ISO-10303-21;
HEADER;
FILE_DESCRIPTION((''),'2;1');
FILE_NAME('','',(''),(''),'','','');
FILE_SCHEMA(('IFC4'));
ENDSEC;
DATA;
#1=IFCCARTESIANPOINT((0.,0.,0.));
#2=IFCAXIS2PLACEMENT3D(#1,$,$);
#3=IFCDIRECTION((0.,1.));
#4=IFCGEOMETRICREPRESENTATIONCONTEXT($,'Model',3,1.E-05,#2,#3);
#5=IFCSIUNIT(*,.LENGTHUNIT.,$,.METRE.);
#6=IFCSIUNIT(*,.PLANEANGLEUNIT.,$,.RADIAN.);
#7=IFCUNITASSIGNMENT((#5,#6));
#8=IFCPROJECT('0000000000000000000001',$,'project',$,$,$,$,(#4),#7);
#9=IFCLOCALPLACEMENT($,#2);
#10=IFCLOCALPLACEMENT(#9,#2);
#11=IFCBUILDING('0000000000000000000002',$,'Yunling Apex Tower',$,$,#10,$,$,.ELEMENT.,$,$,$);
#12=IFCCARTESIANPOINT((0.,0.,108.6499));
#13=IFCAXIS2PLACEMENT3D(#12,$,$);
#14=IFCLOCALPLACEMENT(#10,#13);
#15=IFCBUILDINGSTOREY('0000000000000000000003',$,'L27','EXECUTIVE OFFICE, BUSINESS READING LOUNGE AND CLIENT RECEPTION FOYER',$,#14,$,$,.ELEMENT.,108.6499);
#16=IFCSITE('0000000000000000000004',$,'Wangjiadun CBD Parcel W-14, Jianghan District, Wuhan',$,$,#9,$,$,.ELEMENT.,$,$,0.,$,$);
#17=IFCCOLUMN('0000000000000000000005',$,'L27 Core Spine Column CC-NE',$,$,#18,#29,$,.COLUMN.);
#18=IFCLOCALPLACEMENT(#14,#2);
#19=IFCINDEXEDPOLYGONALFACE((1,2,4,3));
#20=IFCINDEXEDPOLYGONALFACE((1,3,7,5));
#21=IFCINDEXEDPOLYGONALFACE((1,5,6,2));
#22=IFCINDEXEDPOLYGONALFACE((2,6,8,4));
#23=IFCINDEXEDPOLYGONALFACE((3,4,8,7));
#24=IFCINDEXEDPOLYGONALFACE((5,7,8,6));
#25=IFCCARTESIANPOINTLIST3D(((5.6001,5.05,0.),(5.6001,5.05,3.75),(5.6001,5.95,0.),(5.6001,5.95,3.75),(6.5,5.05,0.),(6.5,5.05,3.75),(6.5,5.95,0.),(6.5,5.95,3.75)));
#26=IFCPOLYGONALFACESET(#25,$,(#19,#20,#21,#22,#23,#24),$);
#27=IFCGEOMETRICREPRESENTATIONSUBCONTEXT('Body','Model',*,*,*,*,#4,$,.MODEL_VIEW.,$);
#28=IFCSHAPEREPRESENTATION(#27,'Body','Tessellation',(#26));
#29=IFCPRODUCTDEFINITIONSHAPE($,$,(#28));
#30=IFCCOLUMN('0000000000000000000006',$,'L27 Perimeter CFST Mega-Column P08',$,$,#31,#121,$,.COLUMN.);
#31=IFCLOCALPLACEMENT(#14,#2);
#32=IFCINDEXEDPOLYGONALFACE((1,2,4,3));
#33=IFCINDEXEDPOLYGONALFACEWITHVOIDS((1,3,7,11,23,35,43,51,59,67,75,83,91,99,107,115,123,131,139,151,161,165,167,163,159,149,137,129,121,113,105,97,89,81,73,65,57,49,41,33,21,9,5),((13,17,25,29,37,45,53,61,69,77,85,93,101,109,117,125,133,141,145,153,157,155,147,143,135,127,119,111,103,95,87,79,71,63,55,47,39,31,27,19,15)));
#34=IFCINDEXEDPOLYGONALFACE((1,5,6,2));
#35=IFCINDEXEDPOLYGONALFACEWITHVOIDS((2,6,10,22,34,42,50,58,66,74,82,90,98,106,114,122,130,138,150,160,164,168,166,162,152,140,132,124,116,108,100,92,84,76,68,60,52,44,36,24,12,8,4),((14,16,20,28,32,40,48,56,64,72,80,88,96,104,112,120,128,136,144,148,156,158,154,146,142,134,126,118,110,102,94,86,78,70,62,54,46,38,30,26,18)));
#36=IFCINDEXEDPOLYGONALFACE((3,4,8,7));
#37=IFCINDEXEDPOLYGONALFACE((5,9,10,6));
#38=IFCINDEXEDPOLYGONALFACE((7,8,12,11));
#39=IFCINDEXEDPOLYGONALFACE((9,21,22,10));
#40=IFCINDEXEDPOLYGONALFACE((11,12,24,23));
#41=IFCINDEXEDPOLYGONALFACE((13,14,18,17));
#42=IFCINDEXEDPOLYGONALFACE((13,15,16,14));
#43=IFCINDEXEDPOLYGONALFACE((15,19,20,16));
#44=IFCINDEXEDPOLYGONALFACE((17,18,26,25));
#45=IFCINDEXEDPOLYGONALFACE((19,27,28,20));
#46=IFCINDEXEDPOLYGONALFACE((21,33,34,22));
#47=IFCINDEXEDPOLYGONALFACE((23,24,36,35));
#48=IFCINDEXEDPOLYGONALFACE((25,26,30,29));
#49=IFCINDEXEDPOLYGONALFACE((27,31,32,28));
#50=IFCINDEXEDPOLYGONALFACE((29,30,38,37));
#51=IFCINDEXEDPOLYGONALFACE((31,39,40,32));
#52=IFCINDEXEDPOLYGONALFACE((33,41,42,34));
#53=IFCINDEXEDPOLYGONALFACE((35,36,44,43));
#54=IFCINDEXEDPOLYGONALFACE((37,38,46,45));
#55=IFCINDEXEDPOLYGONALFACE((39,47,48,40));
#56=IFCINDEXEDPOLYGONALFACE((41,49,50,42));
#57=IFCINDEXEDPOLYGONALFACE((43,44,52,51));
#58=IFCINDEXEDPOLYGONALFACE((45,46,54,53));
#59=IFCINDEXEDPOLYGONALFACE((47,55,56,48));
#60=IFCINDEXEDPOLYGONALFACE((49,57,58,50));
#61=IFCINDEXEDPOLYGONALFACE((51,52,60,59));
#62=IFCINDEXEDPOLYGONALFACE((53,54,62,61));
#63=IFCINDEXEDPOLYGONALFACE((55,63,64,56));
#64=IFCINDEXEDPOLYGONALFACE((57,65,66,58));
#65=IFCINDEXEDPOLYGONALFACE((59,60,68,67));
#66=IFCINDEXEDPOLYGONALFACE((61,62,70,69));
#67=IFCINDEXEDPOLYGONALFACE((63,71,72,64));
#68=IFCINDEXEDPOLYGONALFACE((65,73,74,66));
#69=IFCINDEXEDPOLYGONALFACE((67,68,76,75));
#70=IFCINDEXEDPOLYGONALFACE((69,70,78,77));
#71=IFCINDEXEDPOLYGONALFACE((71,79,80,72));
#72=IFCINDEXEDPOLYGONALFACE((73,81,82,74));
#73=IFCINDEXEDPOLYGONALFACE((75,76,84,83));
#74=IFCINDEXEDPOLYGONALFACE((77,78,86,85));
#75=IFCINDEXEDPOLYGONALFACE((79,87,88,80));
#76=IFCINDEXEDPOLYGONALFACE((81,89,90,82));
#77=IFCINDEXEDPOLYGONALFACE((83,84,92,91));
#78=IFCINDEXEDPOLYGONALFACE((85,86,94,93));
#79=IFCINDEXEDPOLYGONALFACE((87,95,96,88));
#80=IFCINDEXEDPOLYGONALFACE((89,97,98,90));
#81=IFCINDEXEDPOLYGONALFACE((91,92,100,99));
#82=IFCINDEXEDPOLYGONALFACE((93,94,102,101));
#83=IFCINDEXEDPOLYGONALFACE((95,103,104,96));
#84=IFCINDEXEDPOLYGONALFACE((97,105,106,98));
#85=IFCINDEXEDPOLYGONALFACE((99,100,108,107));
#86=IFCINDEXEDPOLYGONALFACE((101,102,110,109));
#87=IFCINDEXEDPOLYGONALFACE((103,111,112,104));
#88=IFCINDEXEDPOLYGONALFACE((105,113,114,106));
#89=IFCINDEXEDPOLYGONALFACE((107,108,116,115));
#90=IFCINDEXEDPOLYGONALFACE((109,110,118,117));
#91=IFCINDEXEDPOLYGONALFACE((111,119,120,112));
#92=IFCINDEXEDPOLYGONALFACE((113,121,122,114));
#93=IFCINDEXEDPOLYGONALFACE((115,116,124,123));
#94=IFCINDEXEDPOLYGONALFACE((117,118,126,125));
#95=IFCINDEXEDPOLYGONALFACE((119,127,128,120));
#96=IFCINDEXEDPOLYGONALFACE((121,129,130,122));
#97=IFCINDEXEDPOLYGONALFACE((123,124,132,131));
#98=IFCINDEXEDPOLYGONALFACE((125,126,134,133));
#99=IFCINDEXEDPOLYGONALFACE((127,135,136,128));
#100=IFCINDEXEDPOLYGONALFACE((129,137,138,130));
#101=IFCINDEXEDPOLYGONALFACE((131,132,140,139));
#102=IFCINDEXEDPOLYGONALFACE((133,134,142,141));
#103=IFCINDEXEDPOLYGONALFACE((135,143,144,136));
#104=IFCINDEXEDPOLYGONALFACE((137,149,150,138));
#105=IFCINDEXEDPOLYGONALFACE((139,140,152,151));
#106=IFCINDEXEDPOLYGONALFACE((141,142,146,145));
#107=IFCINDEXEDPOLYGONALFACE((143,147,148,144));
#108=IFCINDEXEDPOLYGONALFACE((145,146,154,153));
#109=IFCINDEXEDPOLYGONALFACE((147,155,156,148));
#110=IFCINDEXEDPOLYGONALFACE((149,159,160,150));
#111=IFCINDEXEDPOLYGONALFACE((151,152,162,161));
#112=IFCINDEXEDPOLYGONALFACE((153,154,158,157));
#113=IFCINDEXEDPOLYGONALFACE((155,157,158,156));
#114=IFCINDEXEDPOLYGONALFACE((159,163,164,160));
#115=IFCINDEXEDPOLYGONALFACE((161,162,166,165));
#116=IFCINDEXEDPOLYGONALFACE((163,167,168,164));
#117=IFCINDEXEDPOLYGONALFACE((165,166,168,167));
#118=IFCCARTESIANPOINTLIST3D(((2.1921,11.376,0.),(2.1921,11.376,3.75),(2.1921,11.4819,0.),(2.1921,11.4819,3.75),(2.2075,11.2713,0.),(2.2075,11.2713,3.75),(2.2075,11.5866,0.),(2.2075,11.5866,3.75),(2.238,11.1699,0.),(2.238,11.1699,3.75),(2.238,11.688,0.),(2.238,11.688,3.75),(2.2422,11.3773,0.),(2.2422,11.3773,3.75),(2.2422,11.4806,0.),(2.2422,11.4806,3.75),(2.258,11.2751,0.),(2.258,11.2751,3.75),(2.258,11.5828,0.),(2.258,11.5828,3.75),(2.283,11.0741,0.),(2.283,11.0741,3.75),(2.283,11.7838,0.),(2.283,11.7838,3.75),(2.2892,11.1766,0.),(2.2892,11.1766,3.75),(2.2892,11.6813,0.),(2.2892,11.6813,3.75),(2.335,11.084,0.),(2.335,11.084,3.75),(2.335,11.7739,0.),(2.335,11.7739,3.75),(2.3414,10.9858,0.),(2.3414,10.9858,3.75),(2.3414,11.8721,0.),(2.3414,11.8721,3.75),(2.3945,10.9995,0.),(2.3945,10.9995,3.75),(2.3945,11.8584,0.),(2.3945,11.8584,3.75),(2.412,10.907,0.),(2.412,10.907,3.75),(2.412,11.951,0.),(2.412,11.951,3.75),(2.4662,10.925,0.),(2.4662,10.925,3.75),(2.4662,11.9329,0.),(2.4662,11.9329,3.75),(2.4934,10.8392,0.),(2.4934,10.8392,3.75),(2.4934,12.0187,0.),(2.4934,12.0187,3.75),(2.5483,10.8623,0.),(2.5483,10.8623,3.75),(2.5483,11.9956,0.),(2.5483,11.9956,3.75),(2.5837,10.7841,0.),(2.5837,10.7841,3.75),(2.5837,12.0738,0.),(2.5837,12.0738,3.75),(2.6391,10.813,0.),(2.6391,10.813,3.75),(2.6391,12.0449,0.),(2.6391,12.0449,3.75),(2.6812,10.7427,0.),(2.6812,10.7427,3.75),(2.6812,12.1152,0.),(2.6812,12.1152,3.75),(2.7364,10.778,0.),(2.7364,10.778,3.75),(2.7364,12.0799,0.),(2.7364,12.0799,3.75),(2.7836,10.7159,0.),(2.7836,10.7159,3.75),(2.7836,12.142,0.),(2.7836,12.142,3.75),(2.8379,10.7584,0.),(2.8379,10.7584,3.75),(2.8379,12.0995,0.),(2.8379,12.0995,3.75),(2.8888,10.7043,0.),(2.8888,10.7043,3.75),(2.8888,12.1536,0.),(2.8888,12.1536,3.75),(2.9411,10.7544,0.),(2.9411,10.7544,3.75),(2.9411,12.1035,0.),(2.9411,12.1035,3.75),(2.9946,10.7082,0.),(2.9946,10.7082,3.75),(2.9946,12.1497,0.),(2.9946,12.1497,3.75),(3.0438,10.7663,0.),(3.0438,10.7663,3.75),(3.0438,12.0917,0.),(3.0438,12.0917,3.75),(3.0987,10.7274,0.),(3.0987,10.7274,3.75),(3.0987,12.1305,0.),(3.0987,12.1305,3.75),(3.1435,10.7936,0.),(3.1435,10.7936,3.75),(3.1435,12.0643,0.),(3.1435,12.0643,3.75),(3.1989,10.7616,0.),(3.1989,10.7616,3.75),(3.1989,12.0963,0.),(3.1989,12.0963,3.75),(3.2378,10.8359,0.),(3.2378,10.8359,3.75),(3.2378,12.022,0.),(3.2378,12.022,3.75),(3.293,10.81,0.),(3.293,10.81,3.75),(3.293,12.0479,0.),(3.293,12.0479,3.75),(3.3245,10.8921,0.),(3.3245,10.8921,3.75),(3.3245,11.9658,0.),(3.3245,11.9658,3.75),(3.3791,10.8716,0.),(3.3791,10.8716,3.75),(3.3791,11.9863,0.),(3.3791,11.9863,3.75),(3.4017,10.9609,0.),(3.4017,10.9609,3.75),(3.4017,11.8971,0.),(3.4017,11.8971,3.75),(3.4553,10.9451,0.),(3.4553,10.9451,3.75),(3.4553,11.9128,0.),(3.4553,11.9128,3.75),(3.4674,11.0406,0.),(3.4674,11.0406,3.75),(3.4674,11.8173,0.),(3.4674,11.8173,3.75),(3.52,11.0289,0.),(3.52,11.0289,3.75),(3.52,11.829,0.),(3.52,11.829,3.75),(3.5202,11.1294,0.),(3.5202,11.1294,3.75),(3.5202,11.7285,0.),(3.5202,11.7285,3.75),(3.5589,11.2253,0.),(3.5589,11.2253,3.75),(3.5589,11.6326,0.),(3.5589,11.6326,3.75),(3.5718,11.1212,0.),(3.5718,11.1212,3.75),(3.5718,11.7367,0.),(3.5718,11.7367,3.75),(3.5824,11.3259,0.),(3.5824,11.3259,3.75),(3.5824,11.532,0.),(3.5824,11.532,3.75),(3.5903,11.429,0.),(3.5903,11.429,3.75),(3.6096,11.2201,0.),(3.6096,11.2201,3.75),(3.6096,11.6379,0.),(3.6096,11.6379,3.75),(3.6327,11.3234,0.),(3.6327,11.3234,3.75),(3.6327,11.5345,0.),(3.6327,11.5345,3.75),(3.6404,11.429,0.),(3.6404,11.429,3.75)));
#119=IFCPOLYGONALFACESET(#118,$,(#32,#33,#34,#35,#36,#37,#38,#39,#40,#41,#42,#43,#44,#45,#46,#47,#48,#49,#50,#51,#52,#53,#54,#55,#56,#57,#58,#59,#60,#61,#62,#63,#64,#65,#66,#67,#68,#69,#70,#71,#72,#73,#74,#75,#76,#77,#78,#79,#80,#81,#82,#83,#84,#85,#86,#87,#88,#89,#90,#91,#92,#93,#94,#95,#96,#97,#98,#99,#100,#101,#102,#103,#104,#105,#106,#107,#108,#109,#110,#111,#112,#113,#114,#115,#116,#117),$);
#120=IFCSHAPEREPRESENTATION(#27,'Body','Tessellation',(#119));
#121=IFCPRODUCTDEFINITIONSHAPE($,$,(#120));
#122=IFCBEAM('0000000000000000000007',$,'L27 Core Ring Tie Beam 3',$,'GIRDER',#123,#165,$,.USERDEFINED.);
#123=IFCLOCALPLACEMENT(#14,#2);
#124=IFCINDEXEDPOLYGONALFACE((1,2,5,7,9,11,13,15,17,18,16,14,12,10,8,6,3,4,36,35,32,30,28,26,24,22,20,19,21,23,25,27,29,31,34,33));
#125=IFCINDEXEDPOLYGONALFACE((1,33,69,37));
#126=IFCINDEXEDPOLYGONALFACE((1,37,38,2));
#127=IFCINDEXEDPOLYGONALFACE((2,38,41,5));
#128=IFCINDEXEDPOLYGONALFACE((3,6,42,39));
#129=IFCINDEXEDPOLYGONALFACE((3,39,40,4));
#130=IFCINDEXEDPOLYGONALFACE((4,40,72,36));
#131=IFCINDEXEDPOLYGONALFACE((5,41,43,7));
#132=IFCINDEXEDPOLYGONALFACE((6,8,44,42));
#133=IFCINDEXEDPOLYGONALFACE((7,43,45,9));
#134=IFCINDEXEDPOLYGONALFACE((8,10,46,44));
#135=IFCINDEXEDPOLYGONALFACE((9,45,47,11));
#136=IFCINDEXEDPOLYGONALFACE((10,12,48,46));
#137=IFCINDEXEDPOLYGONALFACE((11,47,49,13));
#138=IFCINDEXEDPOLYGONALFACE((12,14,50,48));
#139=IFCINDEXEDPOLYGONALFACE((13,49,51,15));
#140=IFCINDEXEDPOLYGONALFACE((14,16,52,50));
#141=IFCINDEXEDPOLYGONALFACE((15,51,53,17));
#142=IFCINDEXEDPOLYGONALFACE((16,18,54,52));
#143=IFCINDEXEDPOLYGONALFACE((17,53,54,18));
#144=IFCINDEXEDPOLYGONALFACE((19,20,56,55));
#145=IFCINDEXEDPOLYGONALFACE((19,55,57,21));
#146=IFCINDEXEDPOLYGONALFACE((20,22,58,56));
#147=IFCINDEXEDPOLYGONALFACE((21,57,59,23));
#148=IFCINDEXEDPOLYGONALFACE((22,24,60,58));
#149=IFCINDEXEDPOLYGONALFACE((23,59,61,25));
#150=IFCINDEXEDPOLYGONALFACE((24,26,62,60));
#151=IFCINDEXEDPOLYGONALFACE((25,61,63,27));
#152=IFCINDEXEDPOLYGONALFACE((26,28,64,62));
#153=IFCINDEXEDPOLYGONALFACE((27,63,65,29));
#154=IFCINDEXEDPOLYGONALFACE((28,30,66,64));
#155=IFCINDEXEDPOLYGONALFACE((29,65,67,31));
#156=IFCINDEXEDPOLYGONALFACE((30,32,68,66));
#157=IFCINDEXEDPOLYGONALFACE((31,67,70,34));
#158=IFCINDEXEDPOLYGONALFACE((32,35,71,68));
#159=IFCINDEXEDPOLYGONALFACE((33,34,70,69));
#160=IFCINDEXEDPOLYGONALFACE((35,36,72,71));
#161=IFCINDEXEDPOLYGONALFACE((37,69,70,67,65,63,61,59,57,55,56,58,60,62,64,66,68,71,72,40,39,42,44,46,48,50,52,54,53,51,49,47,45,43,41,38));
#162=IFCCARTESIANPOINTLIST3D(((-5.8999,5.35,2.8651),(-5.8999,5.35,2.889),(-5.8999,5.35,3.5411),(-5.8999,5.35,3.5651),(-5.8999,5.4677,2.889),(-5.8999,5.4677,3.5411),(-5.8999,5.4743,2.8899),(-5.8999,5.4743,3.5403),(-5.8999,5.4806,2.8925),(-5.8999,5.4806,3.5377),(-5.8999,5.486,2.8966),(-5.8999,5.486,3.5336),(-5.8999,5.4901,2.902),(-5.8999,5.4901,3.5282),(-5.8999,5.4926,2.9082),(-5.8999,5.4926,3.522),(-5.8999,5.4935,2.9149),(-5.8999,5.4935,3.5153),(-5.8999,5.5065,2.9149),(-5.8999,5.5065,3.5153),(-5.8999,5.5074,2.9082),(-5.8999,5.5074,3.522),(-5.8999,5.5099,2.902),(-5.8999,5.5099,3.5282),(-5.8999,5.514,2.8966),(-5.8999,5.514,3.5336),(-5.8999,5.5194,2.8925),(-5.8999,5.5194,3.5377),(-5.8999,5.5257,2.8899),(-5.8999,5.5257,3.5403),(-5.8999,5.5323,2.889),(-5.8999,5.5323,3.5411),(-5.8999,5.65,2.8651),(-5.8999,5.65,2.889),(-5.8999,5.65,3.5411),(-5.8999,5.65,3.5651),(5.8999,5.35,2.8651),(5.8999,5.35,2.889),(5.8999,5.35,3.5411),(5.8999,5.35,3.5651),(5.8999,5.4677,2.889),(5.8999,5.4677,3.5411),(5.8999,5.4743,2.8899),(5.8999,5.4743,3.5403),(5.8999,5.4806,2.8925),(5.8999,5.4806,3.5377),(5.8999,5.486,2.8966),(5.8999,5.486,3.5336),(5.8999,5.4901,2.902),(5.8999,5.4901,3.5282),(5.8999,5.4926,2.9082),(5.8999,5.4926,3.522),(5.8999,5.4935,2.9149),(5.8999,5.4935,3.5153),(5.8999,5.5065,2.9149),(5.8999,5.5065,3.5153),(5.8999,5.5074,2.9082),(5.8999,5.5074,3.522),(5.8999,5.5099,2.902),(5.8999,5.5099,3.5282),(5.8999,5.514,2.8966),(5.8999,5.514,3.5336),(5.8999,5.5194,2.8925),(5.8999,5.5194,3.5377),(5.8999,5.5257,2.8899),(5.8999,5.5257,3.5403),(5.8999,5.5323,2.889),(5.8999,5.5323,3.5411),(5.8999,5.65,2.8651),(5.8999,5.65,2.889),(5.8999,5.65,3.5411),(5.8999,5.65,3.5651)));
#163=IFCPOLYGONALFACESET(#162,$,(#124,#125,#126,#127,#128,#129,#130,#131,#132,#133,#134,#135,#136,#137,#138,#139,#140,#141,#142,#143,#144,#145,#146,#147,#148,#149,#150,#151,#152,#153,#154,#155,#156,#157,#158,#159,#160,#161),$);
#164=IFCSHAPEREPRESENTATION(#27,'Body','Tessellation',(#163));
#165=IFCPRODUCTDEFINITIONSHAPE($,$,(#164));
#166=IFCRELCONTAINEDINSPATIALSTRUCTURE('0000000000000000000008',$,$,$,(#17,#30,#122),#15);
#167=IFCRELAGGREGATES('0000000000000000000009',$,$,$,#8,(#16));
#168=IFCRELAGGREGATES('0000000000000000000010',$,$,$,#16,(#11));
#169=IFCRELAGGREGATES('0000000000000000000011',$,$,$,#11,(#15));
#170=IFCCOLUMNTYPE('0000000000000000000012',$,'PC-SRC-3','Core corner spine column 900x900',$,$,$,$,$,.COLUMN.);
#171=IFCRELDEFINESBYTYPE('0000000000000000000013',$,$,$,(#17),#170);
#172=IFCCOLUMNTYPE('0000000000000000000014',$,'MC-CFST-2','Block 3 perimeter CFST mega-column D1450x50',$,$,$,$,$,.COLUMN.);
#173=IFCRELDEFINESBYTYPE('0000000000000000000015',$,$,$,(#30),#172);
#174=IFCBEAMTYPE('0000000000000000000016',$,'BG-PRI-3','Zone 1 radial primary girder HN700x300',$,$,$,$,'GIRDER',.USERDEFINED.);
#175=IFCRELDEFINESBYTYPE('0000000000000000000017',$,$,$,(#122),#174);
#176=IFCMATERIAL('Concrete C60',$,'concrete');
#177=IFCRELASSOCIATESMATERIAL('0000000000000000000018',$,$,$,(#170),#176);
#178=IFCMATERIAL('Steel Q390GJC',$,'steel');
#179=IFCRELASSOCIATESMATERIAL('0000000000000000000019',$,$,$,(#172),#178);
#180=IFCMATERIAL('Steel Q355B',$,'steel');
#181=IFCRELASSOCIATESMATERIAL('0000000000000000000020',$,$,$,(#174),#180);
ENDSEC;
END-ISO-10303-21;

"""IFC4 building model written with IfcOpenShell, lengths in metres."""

from ifc_helpers import new_model, si_unit, direction, frame, origin, origin_2d, place, context, subcontext, project, spatial, rectangle, hollow_circle, i_section, extrude, source, transform, mapped, material, material_profile, profile_set, type_object, element, save


model = new_model("IFC4")

# Units and contexts
model_context = context("Model", 3, precision=1e-05, world=origin(), true_north=direction((0.0, 1.0)))
body_context = subcontext(model_context, "Body", "Model", "MODEL_VIEW")
ifc_project = project(units=[si_unit("LENGTHUNIT", "METRE"), si_unit("PLANEANGLEUNIT", "RADIAN")], contexts=[model_context])

# Site, building, storey
site_placement = place(None, origin())
site = spatial("IfcSite", under=ifc_project, at=site_placement, Name="Wangjiadun CBD Parcel W-14, Jianghan District, Wuhan", CompositionType="ELEMENT", RefElevation=0.0)
building_placement = place(site_placement, origin())
building = spatial("IfcBuilding", under=site, at=building_placement, Name="Yunling Apex Tower", CompositionType="ELEMENT")
storey_placement = place(building_placement, frame((0.0, 0.0, 108.6499)))
storey = spatial("IfcBuildingStorey", under=building, at=storey_placement, Name="L27", Description="EXECUTIVE OFFICE, BUSINESS READING LOUNGE AND CLIENT RECEPTION FOYER", CompositionType="ELEMENT", Elevation=108.6499)

# Columns
ifc_material_1 = material(Name="Concrete C60", Category="concrete")
ifc_material_profile_1 = material_profile(ifc_material_1, rectangle(XDim=0.8999, YDim=0.8999, at=origin_2d()))
ifc_profile_set_1 = profile_set([ifc_material_profile_1], Name="Concrete C60")
column_type_1 = type_object("IfcColumnType", Name="PC-SRC-3", Description="Core corner spine column 900x900", PredefinedType="COLUMN", material=ifc_profile_set_1)
shared_shape_1 = source(origin(), body_context, "Body", "SweptSolid", [
    extrude(rectangle(XDim=0.8999, YDim=0.8999, at=origin_2d()), origin(), (0.0, 0.0, 1.0), 3.75),
])
column_1_placement = place(storey_placement, frame((6.05, 5.5, 0.0), z_axis=(0.0, 0.0, 1.0), x_axis=(1.0, 0.0, 0.0)))
element("IfcColumn", 1, at=column_1_placement, inside=storey, type_object=column_type_1, Name="L27 Core Spine Column CC-NE", PredefinedType="COLUMN", context=body_context, shape_type="MappedRepresentation", body=[
    mapped(shared_shape_1, transform((0.0, 0.0, 0.0), scale=1.0)),
])
ifc_material_2 = material(Name="Steel Q390GJC", Category="steel")
ifc_material_profile_2 = material_profile(ifc_material_2, hollow_circle(Radius=0.7251, WallThickness=0.05, at=origin_2d()))
ifc_profile_set_2 = profile_set([ifc_material_profile_2], Name="Steel Q390GJC")
column_type_2 = type_object("IfcColumnType", Name="MC-CFST-2", Description="Block 3 perimeter CFST mega-column D1450x50", PredefinedType="COLUMN", material=ifc_profile_set_2)
shared_shape_2 = source(origin(), body_context, "Body", "SweptSolid", [
    extrude(hollow_circle(Radius=0.7251, WallThickness=0.05, at=origin_2d()), origin(), (0.0, 0.0, 1.0), 3.75),
])
column_2_placement = place(storey_placement, frame((2.9153, 11.429, 0.0), z_axis=(0.0, 0.0, 1.0), x_axis=(1.0, 0.0, 0.0)))
element("IfcColumn", 2, at=column_2_placement, inside=storey, type_object=column_type_2, Name="L27 Perimeter CFST Mega-Column P08", PredefinedType="COLUMN", context=body_context, shape_type="MappedRepresentation", body=[
    mapped(shared_shape_2, transform((0.0, 0.0, 0.0), scale=1.0)),
])

# Beam
ifc_material_3 = material(Name="Steel Q355B", Category="steel")
ifc_material_profile_3 = material_profile(ifc_material_3, i_section(OverallWidth=0.3, OverallDepth=0.7, WebThickness=0.0129, FlangeThickness=0.0239, FilletRadius=0.0259, at=origin_2d()))
ifc_profile_set_3 = profile_set([ifc_material_profile_3], Name="Steel Q355B")
beam_type_1 = type_object("IfcBeamType", Name="BG-PRI-3", Description="Zone 1 radial primary girder HN700x300", ElementType="GIRDER", PredefinedType="USERDEFINED", material=ifc_profile_set_3)
shared_shape_3 = source(origin(), body_context, "Body", "SweptSolid", [
    extrude(i_section(OverallWidth=0.3, OverallDepth=0.7, WebThickness=0.0129, FlangeThickness=0.0239, FilletRadius=0.0259, at=origin_2d()), origin(), (0.0, 0.0, 1.0), 11.7998),
])
beam_1_placement = place(storey_placement, frame((5.8999, 5.5, 3.2151), z_axis=(-1.0, 0.0, 0.0), x_axis=(0.0, -1.0, 0.0)))
element("IfcBeam", 3, at=beam_1_placement, inside=storey, type_object=beam_type_1, Name="L27 Core Ring Tie Beam 3", ObjectType="GIRDER", PredefinedType="USERDEFINED", context=body_context, shape_type="MappedRepresentation", body=[
    mapped(shared_shape_3, transform((0.0, 0.0, 0.0), scale=1.0)),
])

save(model, "model.ifc")
